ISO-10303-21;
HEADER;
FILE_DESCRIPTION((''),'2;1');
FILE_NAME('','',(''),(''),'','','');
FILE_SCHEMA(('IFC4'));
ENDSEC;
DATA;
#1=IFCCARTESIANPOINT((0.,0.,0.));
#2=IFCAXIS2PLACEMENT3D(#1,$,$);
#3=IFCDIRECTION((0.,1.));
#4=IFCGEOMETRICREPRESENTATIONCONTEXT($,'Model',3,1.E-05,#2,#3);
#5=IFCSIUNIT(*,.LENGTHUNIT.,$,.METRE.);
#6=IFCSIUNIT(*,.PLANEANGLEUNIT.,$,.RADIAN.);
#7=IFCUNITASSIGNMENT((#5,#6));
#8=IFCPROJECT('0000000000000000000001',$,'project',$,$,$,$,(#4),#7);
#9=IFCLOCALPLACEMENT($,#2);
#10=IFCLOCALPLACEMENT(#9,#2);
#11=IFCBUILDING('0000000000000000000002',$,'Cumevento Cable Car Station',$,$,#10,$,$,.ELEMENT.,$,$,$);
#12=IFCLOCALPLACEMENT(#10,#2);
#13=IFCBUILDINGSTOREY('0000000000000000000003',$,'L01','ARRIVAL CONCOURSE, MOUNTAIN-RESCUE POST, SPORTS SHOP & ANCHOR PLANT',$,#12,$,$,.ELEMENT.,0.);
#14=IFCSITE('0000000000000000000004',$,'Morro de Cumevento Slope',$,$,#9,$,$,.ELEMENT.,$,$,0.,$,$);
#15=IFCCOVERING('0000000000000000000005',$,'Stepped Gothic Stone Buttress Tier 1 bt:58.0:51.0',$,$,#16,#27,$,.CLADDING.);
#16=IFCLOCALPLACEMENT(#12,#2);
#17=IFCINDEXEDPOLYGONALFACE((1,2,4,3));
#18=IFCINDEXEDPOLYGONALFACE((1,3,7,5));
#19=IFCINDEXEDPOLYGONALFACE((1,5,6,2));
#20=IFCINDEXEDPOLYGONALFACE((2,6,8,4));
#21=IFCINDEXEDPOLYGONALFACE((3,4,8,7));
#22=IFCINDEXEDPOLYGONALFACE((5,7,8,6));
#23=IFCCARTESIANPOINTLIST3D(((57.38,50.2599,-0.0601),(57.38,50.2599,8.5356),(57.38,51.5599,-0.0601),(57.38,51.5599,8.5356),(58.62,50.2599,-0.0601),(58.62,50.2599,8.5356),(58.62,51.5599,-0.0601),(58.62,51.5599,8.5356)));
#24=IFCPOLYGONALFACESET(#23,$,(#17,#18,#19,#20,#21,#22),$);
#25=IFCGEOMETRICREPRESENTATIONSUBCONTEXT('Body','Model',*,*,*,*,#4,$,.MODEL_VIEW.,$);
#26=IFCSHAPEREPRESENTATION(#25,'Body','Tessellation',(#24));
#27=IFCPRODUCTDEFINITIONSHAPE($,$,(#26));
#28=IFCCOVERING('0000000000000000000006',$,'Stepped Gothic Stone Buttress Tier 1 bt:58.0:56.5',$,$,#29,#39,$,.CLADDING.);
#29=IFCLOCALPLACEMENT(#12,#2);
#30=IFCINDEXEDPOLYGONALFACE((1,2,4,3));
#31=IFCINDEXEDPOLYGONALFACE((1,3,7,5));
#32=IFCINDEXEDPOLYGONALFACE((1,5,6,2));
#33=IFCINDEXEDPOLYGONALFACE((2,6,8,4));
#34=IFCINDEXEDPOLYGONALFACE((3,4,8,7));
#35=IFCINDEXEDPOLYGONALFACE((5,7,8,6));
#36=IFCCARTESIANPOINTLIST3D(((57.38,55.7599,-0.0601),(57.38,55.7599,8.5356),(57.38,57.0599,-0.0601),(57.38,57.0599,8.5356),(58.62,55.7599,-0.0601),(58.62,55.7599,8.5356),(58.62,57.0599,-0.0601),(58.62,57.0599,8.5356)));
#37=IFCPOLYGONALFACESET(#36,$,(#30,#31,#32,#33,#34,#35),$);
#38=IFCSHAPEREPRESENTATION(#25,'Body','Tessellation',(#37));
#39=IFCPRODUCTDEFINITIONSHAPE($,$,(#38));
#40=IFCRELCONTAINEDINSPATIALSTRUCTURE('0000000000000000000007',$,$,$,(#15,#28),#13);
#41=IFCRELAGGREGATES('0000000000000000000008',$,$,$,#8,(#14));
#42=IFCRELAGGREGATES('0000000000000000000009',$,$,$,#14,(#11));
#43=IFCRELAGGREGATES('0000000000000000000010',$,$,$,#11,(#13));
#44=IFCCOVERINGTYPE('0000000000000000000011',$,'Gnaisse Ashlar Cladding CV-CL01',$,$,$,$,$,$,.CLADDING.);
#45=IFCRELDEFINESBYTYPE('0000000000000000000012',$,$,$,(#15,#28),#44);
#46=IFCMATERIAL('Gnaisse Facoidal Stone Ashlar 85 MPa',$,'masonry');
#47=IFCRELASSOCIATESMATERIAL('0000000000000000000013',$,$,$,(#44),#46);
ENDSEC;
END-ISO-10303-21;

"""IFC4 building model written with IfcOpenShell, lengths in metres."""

from ifc_helpers import new_model, si_unit, direction, frame, origin, origin_2d, place, context, subcontext, project, spatial, rectangle, extrude, material, type_object, element, save


model = new_model("IFC4")

# Units and contexts
model_context = context("Model", 3, precision=1e-05, world=origin(), true_north=direction((0.0, 1.0)))
body_context = subcontext(model_context, "Body", "Model", "MODEL_VIEW")
ifc_project = project(units=[si_unit("LENGTHUNIT", "METRE"), si_unit("PLANEANGLEUNIT", "RADIAN")], contexts=[model_context])

# Site, building, storey
site_placement = place(None, origin())
site = spatial("IfcSite", under=ifc_project, at=site_placement, Name="Morro de Cumevento Slope", CompositionType="ELEMENT", RefElevation=0.0)
building_placement = place(site_placement, origin())
building = spatial("IfcBuilding", under=site, at=building_placement, Name="Cumevento Cable Car Station", CompositionType="ELEMENT")
storey_placement = place(building_placement, origin())
storey = spatial("IfcBuildingStorey", under=building, at=storey_placement, Name="L01", Description="ARRIVAL CONCOURSE, MOUNTAIN-RESCUE POST, SPORTS SHOP & ANCHOR PLANT", CompositionType="ELEMENT", Elevation=0.0)

# Coverings
ifc_material_1 = material(Name="Gnaisse Facoidal Stone Ashlar 85 MPa", Category="masonry")
covering_type = type_object("IfcCoveringType", Name="Gnaisse Ashlar Cladding CV-CL01", PredefinedType="CLADDING", material=ifc_material_1)
for number, where, z_axis, x_axis, name in (
    (1, (58.0, 50.9099, -0.0601), (0.0, 0.0, 1.0), (1.0, 0.0, 0.0), "Stepped Gothic Stone Buttress Tier 1 bt:58.0:51.0"),
    (2, (58.0, 56.4099, -0.0601), (0.0, 0.0, 1.0), (1.0, 0.0, 0.0), "Stepped Gothic Stone Buttress Tier 1 bt:58.0:56.5"),
):
    element("IfcCovering", number, at=place(storey_placement, frame(where, z_axis=z_axis, x_axis=x_axis)), inside=storey, type_object=covering_type, Name=name, PredefinedType="CLADDING", context=body_context, shape_type="SweptSolid", body=[
        extrude(rectangle(XDim=1.24, YDim=1.3, at=origin_2d()), origin(), (0.0, 0.0, 1.0), 8.5957),
    ])

save(model, "model.ifc")
